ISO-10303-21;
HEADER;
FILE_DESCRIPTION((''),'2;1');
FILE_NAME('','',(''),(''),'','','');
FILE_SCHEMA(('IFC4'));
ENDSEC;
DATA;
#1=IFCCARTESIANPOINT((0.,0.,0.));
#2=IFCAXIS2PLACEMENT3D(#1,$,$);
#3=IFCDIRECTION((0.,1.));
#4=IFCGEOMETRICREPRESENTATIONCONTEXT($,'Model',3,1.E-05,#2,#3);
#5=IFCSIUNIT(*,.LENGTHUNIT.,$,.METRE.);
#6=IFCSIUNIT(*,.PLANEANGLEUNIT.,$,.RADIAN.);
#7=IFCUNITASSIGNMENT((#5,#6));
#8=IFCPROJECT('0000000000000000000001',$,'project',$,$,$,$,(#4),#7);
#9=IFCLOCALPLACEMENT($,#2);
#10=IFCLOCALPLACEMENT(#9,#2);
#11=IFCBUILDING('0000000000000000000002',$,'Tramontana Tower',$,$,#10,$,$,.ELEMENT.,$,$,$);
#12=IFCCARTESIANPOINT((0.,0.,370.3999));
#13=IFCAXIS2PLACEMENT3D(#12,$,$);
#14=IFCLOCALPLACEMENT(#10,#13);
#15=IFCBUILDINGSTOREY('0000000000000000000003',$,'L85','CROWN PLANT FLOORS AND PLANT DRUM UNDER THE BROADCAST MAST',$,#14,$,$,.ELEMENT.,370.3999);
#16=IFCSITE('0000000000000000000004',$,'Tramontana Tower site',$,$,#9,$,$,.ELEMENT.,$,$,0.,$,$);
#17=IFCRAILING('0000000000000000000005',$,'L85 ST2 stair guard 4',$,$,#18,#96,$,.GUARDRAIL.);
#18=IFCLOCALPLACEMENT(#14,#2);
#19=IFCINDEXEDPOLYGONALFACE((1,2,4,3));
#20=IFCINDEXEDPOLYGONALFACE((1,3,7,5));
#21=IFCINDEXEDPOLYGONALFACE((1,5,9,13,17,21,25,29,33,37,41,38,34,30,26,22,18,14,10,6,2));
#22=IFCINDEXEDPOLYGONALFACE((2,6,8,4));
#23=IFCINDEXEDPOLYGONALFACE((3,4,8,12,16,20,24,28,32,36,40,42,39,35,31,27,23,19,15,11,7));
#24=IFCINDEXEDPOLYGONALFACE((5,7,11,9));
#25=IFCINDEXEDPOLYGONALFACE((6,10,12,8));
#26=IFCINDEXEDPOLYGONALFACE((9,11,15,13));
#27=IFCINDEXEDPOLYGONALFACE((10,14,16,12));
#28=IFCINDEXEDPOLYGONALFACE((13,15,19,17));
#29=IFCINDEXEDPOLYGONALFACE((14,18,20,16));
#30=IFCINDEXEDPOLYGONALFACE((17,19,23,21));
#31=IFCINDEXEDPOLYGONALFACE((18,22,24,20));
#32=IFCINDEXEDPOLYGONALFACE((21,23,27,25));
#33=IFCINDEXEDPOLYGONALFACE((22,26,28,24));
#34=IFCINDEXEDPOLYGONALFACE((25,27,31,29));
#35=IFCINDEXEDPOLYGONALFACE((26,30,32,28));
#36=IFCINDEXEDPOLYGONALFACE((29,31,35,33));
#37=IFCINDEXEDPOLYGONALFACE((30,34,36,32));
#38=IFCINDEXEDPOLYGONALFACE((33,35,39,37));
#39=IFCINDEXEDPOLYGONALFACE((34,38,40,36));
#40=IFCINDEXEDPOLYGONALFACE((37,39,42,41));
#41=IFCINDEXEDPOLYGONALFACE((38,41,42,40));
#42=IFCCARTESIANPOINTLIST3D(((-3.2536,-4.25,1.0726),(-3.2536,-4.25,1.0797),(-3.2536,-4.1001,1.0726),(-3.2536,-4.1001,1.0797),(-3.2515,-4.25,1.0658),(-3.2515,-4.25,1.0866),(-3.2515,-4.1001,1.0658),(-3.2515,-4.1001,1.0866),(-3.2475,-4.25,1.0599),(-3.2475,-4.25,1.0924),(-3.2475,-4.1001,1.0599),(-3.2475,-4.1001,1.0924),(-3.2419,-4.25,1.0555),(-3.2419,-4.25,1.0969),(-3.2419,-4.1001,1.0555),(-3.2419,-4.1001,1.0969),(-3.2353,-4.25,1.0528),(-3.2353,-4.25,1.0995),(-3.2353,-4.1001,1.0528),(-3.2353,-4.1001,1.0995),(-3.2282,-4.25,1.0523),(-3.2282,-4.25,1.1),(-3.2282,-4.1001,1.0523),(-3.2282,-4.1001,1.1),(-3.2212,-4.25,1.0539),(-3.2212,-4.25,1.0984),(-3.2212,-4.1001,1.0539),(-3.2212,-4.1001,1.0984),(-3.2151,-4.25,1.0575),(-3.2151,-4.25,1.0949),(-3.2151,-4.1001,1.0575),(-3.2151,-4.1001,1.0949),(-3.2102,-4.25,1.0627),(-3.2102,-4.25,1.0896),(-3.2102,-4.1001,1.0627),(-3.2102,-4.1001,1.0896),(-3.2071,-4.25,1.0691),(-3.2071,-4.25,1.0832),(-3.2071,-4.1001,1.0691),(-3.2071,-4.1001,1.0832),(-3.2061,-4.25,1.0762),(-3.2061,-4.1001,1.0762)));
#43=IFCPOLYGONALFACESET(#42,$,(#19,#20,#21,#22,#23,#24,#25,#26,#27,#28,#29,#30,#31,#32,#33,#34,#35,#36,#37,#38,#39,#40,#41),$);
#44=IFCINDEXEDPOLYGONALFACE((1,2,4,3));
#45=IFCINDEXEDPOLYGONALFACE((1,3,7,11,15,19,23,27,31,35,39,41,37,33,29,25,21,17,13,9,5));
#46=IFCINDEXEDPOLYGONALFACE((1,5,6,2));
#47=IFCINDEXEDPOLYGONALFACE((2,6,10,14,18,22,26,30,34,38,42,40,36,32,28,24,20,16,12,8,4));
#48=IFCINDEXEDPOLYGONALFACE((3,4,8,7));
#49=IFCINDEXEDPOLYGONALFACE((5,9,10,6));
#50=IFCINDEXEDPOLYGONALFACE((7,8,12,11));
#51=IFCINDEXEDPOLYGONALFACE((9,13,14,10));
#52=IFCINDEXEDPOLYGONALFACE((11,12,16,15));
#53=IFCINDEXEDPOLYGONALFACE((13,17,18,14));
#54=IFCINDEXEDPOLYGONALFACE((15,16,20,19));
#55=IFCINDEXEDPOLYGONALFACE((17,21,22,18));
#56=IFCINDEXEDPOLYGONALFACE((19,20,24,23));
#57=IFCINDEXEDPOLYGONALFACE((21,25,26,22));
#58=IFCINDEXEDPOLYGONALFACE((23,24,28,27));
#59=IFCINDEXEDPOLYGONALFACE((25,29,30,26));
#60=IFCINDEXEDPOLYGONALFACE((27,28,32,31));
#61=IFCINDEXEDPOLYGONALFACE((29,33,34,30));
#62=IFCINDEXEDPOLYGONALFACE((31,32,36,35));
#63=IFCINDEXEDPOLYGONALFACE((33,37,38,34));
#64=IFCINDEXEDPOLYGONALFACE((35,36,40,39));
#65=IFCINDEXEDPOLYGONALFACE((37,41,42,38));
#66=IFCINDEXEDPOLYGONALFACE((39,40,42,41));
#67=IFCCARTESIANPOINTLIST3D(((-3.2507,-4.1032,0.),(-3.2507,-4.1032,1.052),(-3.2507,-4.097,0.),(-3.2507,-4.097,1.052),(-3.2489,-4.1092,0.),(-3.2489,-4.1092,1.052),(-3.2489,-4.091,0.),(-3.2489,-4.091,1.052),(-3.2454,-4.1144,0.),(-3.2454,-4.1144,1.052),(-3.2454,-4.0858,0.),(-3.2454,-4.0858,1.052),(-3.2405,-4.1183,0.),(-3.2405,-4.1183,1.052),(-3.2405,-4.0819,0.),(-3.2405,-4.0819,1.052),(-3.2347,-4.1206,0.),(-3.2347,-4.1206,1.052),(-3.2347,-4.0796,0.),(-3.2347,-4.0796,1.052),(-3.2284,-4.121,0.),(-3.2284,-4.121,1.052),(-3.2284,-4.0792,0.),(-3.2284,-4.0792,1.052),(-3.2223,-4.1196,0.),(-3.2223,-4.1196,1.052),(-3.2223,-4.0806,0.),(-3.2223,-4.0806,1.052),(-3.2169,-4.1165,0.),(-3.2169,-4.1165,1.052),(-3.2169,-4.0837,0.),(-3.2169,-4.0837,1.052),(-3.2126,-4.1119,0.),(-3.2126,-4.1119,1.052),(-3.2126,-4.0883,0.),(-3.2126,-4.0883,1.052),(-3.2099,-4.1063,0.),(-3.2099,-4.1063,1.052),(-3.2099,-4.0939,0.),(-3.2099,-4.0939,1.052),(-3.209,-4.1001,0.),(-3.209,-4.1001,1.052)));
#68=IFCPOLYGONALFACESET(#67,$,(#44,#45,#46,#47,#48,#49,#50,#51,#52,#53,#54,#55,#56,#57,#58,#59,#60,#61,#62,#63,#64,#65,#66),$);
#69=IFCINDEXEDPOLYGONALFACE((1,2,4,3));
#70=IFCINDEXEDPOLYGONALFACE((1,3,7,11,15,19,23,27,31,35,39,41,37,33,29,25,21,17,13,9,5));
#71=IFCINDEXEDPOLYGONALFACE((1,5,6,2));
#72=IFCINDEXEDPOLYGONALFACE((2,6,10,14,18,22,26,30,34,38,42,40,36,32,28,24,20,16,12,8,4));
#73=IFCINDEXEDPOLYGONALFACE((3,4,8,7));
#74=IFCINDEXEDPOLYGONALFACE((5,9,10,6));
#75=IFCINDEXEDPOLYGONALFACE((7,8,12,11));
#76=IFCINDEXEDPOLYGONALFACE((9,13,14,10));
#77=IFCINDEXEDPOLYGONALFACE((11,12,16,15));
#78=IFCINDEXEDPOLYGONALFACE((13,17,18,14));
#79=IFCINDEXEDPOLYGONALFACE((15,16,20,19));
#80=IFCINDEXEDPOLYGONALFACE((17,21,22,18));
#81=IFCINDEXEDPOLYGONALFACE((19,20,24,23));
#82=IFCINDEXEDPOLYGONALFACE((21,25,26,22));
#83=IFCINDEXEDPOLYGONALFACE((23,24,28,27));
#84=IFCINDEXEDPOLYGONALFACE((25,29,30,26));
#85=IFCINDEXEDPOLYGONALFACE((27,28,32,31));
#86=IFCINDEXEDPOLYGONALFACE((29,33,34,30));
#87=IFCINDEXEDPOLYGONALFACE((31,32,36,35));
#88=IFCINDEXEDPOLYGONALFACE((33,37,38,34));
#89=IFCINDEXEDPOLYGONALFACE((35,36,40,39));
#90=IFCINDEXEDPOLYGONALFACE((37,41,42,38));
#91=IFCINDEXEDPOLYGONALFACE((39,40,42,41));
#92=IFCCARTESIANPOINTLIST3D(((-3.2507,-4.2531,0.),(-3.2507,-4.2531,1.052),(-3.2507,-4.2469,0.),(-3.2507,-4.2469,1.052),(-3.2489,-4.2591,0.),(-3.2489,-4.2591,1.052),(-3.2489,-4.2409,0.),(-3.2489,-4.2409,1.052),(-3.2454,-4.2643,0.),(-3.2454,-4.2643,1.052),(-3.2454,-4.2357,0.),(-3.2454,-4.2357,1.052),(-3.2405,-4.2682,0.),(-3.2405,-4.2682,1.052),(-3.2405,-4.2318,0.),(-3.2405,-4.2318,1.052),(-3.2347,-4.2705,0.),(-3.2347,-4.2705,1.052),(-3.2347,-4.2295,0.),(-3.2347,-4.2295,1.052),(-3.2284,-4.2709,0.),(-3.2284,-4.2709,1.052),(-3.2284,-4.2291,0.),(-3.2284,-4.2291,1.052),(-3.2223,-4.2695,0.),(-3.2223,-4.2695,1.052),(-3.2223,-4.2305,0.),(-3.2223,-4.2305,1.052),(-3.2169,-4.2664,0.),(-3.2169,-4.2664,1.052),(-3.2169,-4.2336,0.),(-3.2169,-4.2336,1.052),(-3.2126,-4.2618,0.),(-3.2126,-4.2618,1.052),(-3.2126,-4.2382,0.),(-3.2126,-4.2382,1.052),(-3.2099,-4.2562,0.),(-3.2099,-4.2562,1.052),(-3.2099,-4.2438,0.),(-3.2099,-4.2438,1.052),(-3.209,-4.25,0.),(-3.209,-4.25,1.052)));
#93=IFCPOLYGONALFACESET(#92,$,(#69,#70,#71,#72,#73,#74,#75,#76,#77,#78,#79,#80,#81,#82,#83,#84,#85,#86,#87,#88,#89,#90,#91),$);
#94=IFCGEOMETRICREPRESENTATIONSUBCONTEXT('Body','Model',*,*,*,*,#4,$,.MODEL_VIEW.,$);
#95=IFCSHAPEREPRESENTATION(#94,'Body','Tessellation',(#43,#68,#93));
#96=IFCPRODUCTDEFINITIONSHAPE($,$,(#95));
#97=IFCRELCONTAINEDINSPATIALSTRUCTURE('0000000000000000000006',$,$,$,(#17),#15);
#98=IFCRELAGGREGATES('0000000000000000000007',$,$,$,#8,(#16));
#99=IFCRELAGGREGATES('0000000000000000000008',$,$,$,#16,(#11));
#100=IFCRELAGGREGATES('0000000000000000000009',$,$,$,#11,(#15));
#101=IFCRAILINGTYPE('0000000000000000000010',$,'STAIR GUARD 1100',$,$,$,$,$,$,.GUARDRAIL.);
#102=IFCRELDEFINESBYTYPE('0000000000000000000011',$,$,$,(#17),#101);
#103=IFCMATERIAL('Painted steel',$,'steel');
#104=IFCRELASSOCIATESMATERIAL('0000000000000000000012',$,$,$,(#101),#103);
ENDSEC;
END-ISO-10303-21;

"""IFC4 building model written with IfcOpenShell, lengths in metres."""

from ifc_helpers import new_model, si_unit, direction, frame, origin, origin_2d, place, context, subcontext, project, spatial, circle, extrude, material, type_object, element, save


model = new_model("IFC4")

# Units and contexts
model_context = context("Model", 3, precision=1e-05, world=origin(), true_north=direction((0.0, 1.0)))
body_context = subcontext(model_context, "Body", "Model", "MODEL_VIEW")
ifc_project = project(units=[si_unit("LENGTHUNIT", "METRE"), si_unit("PLANEANGLEUNIT", "RADIAN")], contexts=[model_context])

# Site, building, storey
site_placement = place(None, origin())
site = spatial("IfcSite", under=ifc_project, at=site_placement, Name="Tramontana Tower site", CompositionType="ELEMENT", RefElevation=0.0)
building_placement = place(site_placement, origin())
building = spatial("IfcBuilding", under=site, at=building_placement, Name="Tramontana Tower", CompositionType="ELEMENT")
storey_placement = place(building_placement, frame((0.0, 0.0, 370.3999)))
storey = spatial("IfcBuildingStorey", under=building, at=storey_placement, Name="L85", Description="CROWN PLANT FLOORS AND PLANT DRUM UNDER THE BROADCAST MAST", CompositionType="ELEMENT", Elevation=370.3999)

# Railing
ifc_material_1 = material(Name="Painted steel", Category="steel")
railing_type_1 = type_object("IfcRailingType", Name="STAIR GUARD 1100", PredefinedType="GUARDRAIL", material=ifc_material_1)
railing_1_placement = place(storey_placement, frame((-3.23, -4.1001, 0.0)))
element("IfcRailing", 1, at=railing_1_placement, inside=storey, type_object=railing_type_1, Name="L85 ST2 stair guard 4", PredefinedType="GUARDRAIL", context=body_context, shape_type="SweptSolid", body=[
    extrude(circle(Radius=0.0239, at=origin_2d()), frame((0.0, 0.0, 1.0762), z_axis=(0.0, -1.0, 0.0), x_axis=(1.0, 0.0, 0.0)), (0.0, 0.0, 1.0), 0.1499),
    extrude(circle(Radius=0.021, at=origin_2d()), origin(), (0.0, 0.0, 1.0), 1.052),
    extrude(circle(Radius=0.021, at=origin_2d()), frame((0.0, -0.1499, 0.0)), (0.0, 0.0, 1.0), 1.052),
])

save(model, "model.ifc")
